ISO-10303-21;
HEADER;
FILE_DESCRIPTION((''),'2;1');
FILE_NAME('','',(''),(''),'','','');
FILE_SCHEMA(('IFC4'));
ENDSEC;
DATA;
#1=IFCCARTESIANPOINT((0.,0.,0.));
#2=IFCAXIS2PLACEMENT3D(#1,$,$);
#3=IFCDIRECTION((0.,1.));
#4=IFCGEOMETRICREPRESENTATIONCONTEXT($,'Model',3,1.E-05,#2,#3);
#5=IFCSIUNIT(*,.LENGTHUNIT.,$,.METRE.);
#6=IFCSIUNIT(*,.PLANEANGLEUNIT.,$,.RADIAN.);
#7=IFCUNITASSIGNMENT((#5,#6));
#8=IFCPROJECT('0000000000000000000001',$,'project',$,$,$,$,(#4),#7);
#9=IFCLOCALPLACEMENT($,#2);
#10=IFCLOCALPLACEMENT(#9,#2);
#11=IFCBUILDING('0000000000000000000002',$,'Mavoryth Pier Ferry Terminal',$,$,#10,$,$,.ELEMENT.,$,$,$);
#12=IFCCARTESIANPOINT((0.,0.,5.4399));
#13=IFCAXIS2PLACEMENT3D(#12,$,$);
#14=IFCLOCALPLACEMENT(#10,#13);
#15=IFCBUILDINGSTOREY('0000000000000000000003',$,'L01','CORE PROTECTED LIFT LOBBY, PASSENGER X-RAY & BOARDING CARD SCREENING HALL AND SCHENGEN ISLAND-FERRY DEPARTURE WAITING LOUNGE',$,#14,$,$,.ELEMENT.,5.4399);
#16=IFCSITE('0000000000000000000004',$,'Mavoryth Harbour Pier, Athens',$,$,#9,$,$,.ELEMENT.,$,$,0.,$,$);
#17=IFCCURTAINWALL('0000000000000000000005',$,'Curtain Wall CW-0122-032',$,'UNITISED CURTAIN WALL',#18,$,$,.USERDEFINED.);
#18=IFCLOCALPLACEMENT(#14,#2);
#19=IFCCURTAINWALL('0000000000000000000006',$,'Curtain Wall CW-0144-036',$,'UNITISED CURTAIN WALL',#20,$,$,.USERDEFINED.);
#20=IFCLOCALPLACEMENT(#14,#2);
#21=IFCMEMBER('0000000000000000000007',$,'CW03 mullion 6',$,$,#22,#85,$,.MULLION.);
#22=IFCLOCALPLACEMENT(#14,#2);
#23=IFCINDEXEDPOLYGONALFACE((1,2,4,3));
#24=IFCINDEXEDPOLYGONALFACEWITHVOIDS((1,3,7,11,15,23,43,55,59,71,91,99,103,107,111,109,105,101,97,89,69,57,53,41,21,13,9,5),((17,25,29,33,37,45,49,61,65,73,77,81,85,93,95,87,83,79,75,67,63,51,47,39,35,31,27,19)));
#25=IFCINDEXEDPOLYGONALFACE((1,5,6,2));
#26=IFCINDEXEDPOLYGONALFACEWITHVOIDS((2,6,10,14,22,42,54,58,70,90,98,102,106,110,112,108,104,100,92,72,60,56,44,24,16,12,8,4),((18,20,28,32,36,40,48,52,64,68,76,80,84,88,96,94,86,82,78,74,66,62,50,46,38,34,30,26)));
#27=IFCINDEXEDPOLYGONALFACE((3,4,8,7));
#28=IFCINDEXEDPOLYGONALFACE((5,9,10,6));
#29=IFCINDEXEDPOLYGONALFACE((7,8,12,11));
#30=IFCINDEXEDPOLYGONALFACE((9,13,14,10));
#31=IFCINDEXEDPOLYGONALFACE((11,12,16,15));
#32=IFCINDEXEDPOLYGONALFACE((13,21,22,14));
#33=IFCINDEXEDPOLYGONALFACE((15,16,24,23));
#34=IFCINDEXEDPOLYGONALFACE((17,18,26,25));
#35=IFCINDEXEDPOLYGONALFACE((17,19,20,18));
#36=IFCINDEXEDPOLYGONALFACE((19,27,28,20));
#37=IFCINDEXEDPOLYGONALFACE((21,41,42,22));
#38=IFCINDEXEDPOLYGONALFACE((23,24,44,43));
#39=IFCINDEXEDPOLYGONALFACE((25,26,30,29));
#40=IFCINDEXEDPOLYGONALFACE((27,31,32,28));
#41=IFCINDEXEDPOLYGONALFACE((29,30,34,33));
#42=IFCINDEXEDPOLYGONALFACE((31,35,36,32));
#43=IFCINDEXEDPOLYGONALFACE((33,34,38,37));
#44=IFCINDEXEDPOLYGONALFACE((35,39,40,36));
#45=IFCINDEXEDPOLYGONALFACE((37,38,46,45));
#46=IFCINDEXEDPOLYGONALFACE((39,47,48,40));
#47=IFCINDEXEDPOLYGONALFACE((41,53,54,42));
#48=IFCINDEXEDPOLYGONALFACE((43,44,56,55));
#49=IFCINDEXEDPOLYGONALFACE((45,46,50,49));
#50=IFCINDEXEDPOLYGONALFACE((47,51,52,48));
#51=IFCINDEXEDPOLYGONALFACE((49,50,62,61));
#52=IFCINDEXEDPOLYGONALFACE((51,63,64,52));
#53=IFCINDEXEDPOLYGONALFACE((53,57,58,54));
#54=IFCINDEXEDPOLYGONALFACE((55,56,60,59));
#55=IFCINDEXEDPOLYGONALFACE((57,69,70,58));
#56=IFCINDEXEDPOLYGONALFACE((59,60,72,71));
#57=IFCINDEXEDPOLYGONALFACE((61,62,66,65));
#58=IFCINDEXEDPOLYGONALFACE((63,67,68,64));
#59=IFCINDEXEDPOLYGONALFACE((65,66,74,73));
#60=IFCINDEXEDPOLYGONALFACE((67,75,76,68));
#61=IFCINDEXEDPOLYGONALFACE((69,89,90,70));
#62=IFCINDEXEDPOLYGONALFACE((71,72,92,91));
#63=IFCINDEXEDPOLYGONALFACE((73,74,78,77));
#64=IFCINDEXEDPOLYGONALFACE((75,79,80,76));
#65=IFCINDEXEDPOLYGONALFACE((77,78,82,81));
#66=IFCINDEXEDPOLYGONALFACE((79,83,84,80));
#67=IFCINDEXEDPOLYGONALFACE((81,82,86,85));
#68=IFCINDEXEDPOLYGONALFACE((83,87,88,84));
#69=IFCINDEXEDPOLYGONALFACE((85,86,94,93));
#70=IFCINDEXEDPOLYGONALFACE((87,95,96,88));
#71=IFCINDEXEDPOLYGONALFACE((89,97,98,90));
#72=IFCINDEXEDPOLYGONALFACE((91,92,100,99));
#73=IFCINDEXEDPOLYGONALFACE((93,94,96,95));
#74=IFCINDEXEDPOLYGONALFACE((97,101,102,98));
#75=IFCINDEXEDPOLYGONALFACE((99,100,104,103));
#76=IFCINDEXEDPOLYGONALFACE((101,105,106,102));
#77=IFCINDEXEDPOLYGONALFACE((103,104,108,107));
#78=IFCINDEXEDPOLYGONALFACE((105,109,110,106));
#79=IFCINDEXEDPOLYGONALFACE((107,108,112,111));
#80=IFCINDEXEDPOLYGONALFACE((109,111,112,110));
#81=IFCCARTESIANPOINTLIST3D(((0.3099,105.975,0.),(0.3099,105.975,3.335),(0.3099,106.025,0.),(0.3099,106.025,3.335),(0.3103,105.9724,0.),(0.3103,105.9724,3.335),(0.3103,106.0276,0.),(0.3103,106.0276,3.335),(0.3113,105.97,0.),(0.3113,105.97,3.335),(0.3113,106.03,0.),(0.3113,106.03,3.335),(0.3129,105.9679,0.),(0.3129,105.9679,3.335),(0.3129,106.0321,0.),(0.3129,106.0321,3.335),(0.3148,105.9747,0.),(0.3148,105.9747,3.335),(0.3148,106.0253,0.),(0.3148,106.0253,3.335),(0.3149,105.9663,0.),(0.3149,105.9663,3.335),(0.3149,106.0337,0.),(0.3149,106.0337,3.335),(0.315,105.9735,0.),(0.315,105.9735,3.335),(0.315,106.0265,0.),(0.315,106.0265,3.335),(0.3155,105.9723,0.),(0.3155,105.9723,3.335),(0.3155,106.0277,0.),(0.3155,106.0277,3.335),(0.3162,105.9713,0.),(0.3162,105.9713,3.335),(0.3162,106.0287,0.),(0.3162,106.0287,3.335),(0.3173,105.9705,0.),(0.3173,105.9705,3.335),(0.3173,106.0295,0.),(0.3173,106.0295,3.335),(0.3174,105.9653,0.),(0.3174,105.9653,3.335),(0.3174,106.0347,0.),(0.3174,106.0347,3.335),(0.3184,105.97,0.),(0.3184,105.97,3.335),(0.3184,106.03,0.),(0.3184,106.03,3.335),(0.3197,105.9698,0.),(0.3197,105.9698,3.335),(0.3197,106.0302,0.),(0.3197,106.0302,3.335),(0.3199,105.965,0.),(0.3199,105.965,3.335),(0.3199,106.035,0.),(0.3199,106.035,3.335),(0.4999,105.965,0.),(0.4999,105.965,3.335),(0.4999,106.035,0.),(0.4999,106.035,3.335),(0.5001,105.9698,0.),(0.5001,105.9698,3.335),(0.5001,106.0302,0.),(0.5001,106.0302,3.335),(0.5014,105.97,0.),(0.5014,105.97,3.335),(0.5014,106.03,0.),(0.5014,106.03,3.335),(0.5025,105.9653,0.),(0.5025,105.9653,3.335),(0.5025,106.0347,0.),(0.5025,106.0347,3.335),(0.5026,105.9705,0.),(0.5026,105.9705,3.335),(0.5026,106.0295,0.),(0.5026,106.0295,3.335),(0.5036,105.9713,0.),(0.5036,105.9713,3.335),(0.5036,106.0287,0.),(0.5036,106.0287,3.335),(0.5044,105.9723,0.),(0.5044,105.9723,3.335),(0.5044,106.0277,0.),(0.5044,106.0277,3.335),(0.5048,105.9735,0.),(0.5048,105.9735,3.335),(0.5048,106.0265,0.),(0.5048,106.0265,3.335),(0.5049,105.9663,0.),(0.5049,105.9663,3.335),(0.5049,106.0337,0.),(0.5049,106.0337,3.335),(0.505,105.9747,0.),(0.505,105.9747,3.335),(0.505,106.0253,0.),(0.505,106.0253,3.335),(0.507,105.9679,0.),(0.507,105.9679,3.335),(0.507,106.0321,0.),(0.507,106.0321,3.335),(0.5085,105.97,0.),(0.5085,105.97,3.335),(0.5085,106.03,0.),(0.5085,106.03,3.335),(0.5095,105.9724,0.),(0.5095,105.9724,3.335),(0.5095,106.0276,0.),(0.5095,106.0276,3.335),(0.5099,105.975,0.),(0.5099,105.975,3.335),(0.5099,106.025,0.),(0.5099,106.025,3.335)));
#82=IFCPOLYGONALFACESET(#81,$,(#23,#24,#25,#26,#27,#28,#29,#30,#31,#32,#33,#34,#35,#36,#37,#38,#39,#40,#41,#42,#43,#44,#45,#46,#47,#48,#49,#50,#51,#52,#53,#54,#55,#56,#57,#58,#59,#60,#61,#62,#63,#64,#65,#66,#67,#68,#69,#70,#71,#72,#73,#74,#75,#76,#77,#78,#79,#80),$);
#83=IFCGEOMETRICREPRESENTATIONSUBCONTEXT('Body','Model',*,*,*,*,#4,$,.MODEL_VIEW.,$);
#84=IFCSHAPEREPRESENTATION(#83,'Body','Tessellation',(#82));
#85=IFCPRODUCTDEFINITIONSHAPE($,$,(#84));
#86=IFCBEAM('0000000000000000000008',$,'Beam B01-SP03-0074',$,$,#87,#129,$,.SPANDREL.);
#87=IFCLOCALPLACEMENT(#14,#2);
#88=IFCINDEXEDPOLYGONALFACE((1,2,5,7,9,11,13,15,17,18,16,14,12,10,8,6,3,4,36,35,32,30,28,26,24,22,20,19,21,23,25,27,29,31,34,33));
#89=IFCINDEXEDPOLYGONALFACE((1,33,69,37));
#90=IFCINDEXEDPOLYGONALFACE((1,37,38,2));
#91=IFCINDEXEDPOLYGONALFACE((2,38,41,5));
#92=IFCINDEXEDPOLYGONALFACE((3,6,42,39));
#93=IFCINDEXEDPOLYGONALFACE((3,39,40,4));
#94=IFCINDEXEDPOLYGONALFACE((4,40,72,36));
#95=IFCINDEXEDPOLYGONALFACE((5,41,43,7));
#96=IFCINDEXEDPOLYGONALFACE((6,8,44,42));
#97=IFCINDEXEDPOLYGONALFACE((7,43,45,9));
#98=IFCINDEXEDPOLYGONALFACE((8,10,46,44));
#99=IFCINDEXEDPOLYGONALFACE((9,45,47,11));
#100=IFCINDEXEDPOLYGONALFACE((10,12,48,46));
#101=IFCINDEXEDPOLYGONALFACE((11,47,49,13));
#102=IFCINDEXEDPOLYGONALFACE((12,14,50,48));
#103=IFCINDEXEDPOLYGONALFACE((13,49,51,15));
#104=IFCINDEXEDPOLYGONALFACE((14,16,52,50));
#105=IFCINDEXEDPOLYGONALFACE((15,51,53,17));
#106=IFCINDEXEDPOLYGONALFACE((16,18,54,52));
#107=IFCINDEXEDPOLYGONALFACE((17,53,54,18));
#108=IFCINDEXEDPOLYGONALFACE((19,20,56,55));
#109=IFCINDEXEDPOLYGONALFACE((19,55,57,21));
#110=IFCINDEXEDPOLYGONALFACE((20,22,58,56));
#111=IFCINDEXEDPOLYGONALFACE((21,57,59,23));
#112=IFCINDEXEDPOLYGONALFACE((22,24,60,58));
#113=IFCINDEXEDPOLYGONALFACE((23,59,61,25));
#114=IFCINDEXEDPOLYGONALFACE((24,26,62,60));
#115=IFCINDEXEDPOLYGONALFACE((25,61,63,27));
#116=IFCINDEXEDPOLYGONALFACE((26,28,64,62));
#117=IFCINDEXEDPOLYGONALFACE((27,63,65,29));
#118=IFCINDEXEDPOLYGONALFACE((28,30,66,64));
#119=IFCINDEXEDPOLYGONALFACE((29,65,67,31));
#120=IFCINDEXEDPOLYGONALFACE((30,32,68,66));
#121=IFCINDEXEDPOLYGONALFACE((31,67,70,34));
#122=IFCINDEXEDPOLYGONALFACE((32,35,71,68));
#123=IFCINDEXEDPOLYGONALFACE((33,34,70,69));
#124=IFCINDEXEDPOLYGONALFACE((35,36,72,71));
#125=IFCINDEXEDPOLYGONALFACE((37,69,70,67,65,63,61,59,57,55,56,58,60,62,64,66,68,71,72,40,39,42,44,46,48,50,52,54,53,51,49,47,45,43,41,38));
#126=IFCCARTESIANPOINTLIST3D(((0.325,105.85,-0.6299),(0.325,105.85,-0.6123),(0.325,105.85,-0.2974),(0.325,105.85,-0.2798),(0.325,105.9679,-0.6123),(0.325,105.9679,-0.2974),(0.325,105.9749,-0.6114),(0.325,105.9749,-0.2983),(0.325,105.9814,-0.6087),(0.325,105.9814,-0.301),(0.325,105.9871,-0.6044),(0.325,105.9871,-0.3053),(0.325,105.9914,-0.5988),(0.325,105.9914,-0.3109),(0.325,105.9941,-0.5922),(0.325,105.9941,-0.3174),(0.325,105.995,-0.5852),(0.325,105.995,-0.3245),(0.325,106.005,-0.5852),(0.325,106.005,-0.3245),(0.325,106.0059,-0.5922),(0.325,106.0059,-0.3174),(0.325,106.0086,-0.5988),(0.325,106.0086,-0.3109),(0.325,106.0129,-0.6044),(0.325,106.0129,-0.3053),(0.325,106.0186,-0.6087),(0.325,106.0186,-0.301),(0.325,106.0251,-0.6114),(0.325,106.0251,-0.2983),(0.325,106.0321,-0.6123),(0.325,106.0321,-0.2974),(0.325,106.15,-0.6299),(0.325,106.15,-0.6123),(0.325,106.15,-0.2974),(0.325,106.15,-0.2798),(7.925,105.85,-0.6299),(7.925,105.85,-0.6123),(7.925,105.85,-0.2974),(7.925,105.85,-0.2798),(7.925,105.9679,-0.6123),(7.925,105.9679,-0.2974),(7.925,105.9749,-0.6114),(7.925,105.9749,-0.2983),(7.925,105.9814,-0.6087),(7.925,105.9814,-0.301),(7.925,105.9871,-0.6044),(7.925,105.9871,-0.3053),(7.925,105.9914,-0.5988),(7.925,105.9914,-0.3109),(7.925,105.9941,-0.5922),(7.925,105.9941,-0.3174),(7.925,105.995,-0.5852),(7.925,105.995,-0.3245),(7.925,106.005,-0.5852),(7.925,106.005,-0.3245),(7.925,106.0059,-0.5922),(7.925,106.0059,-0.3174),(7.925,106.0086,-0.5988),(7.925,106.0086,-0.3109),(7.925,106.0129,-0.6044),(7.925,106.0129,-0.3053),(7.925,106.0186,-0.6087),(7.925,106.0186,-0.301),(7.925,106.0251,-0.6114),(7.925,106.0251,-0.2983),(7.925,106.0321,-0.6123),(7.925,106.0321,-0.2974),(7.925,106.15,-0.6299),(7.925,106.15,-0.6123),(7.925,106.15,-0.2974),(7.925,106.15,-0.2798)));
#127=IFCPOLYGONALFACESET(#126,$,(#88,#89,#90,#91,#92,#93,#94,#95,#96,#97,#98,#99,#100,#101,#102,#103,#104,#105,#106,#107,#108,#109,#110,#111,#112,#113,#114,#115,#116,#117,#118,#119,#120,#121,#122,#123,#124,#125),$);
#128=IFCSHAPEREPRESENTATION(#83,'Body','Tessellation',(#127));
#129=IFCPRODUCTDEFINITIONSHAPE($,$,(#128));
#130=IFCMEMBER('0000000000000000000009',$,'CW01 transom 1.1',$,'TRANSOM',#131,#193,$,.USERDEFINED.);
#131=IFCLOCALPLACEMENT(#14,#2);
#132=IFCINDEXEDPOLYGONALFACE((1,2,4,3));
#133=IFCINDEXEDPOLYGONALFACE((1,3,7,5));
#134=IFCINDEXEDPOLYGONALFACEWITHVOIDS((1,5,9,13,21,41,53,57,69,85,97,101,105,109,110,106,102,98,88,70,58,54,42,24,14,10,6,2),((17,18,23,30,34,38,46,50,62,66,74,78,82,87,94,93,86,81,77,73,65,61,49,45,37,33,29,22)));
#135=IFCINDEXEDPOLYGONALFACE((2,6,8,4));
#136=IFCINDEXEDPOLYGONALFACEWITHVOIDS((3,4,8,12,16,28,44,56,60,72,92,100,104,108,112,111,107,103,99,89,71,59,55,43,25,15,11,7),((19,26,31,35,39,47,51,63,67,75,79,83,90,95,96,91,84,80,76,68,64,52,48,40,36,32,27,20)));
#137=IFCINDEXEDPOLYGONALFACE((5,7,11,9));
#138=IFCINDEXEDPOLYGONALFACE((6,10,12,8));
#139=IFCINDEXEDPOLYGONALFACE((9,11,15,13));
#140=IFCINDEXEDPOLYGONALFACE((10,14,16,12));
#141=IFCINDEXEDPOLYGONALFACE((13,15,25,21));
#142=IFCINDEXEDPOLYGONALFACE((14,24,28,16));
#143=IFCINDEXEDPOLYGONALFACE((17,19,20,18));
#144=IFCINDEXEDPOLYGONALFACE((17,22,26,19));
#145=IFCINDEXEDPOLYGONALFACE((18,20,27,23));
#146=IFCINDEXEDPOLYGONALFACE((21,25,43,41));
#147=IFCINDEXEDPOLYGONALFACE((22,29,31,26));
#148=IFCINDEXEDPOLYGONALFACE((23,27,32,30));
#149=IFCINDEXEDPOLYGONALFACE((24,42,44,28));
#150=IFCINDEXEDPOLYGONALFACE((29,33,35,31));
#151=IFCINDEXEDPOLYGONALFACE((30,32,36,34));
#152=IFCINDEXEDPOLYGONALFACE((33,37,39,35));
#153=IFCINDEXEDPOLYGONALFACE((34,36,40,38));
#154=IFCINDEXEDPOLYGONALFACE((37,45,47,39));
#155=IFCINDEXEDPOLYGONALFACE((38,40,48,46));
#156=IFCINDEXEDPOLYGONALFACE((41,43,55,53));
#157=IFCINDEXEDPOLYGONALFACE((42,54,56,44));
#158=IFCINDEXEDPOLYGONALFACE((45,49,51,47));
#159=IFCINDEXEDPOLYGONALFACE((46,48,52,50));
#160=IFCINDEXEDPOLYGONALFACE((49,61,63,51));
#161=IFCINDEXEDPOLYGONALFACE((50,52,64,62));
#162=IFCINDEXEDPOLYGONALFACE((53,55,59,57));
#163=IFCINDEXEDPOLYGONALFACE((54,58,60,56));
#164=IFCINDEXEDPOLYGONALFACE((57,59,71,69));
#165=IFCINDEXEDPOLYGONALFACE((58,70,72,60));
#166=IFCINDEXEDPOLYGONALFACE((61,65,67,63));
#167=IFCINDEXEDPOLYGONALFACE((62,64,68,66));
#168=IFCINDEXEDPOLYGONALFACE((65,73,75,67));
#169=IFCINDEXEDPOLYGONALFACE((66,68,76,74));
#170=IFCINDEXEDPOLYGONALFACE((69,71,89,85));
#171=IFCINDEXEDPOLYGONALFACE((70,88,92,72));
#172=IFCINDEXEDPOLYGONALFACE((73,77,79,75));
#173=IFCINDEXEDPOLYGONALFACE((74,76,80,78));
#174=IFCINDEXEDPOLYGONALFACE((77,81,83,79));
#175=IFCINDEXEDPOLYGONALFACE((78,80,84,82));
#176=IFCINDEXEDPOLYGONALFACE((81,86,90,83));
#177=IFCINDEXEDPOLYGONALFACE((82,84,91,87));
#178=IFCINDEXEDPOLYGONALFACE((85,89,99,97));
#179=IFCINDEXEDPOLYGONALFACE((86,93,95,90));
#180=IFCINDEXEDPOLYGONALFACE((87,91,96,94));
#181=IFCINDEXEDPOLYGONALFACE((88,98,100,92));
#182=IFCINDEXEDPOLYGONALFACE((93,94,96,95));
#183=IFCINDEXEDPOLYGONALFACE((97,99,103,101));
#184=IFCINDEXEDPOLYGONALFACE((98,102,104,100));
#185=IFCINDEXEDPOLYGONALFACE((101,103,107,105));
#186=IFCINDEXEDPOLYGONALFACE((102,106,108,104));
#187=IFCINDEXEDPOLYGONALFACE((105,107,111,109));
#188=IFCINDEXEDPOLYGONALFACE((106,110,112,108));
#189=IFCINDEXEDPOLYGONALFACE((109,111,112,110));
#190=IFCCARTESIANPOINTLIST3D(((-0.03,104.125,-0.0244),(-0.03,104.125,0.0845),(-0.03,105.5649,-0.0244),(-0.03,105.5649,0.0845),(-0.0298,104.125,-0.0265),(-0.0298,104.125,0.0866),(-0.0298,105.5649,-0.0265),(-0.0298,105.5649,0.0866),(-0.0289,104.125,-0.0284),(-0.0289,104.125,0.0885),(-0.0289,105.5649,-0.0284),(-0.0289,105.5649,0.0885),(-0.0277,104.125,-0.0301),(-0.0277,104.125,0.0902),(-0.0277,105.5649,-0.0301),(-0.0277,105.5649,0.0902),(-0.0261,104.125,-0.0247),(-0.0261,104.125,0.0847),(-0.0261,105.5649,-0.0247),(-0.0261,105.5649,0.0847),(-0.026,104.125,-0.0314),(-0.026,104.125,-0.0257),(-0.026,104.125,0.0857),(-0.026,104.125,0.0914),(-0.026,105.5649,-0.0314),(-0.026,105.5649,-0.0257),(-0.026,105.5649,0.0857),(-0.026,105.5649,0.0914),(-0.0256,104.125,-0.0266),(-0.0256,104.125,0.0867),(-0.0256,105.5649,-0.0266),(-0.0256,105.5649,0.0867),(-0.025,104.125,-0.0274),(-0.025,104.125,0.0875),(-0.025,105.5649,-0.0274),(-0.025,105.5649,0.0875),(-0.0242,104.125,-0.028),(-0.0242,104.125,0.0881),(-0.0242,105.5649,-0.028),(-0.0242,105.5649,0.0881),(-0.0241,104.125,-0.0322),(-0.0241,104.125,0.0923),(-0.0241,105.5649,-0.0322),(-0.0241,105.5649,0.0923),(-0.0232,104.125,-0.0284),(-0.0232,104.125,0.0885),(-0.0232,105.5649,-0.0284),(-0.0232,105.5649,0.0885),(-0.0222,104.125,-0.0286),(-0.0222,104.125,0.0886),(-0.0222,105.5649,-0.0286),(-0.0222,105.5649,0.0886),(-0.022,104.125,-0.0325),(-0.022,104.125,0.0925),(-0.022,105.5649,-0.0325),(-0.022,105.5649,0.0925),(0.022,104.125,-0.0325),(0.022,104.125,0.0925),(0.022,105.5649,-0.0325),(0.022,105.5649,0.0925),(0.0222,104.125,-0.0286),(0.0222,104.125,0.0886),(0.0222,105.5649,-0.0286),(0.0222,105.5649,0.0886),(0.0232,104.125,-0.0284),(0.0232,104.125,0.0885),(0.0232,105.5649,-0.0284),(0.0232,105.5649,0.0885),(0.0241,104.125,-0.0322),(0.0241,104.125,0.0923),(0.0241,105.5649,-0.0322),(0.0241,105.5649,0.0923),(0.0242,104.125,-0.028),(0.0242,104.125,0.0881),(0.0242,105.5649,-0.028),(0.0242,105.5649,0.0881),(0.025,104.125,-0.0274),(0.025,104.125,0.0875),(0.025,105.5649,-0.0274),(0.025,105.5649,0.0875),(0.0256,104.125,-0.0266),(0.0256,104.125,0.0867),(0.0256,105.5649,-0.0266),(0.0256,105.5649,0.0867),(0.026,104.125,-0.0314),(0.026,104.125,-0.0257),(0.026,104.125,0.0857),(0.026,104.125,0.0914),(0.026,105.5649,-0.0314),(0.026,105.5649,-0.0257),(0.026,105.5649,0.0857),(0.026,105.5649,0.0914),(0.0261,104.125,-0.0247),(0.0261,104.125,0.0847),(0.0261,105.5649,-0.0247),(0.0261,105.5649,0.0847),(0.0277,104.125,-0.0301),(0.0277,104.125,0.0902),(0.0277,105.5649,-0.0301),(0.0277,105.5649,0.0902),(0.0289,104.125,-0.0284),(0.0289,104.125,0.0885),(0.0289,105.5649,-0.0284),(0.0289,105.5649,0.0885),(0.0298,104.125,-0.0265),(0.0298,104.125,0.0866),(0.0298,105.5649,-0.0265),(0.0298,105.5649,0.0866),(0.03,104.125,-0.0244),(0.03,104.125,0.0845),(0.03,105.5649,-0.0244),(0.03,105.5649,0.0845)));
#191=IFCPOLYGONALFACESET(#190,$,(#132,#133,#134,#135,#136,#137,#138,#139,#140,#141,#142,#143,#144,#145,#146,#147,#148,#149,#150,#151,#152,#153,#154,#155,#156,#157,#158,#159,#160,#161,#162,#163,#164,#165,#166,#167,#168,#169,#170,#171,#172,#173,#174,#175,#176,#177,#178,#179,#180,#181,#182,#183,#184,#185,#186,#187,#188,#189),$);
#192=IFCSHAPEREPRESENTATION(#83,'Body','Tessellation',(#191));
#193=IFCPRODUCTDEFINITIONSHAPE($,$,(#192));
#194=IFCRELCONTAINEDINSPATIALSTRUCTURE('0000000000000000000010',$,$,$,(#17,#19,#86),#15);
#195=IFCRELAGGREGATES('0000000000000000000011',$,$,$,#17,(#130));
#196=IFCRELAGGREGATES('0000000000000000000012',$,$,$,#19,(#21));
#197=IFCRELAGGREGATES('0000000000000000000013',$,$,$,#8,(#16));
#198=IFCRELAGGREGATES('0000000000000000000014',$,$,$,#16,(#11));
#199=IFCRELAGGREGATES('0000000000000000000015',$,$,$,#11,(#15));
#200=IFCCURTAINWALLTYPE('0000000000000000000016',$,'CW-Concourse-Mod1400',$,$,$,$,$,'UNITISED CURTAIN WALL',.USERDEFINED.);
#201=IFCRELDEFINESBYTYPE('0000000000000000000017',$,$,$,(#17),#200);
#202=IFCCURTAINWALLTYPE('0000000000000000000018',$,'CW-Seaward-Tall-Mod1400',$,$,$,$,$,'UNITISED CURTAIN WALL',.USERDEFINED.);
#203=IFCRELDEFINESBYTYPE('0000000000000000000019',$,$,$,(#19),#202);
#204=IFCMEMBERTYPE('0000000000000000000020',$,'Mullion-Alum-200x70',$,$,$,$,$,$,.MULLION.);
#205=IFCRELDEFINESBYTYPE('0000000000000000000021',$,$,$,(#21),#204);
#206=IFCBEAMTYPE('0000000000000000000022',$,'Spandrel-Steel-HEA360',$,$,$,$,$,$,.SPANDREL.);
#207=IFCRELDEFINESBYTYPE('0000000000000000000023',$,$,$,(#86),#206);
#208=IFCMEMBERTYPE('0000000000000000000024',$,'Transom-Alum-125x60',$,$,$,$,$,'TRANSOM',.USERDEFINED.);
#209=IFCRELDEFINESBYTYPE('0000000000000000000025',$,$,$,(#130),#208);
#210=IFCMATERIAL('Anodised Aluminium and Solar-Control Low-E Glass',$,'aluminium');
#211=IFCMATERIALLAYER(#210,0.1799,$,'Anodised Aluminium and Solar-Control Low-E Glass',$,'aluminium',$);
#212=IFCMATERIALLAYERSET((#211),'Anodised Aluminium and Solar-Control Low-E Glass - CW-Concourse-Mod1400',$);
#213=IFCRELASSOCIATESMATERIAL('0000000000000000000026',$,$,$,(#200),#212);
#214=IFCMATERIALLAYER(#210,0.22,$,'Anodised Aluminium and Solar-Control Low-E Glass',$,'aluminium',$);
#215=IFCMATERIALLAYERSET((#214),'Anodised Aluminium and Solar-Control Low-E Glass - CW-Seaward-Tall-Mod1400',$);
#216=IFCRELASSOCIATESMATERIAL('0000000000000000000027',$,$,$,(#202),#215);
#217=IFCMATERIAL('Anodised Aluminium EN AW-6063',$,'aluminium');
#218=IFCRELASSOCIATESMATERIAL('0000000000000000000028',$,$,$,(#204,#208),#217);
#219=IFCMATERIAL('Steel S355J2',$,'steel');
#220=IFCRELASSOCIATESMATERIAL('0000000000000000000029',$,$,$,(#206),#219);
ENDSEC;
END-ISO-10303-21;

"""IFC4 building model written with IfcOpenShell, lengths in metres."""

from ifc_helpers import new_model, si_unit, direction, frame, origin, origin_2d, place, context, subcontext, project, spatial, hollow_rectangle, i_section, extrude, material, layer, layer_set, material_profile, profile_set, type_object, element, aggregate, save


model = new_model("IFC4")

# Units and contexts
model_context = context("Model", 3, precision=1e-05, world=origin(), true_north=direction((0.0, 1.0)))
body_context = subcontext(model_context, "Body", "Model", "MODEL_VIEW")
ifc_project = project(units=[si_unit("LENGTHUNIT", "METRE"), si_unit("PLANEANGLEUNIT", "RADIAN")], contexts=[model_context])

# Site, building, storey
site_placement = place(None, origin())
site = spatial("IfcSite", under=ifc_project, at=site_placement, Name="Mavoryth Harbour Pier, Athens", CompositionType="ELEMENT", RefElevation=0.0)
building_placement = place(site_placement, origin())
building = spatial("IfcBuilding", under=site, at=building_placement, Name="Mavoryth Pier Ferry Terminal", CompositionType="ELEMENT")
storey_placement = place(building_placement, frame((0.0, 0.0, 5.4399)))
storey = spatial("IfcBuildingStorey", under=building, at=storey_placement, Name="L01", Description="CORE PROTECTED LIFT LOBBY, PASSENGER X-RAY & BOARDING CARD SCREENING HALL AND SCHENGEN ISLAND-FERRY DEPARTURE WAITING LOUNGE", CompositionType="ELEMENT", Elevation=5.4399)

# Curtain walls, member
ifc_material_1 = material(Name="Anodised Aluminium and Solar-Control Low-E Glass", Category="aluminium")
ifc_layer_1 = layer(ifc_material_1, 0.1799, Name="Anodised Aluminium and Solar-Control Low-E Glass", Category="aluminium")
ifc_layer_set_1 = layer_set([ifc_layer_1], Name="Anodised Aluminium and Solar-Control Low-E Glass - CW-Concourse-Mod1400")
curtain_wall_type_1 = type_object("IfcCurtainWallType", Name="CW-Concourse-Mod1400", ElementType="UNITISED CURTAIN WALL", PredefinedType="USERDEFINED", material=ifc_layer_set_1)
curtain_wall_1_placement = place(storey_placement, origin())
curtain_wall_1 = element("IfcCurtainWall", 1, at=curtain_wall_1_placement, inside=storey, type_object=curtain_wall_type_1, Name="Curtain Wall CW-0122-032", ObjectType="UNITISED CURTAIN WALL", PredefinedType="USERDEFINED")
ifc_material_2 = material(Name="Anodised Aluminium EN AW-6063", Category="aluminium")
ifc_layer_2 = layer(ifc_material_1, 0.22, Name="Anodised Aluminium and Solar-Control Low-E Glass", Category="aluminium")
ifc_layer_set_2 = layer_set([ifc_layer_2], Name="Anodised Aluminium and Solar-Control Low-E Glass - CW-Seaward-Tall-Mod1400")
curtain_wall_type_2 = type_object("IfcCurtainWallType", Name="CW-Seaward-Tall-Mod1400", ElementType="UNITISED CURTAIN WALL", PredefinedType="USERDEFINED", material=ifc_layer_set_2)
curtain_wall_2_placement = place(storey_placement, origin())
curtain_wall_2 = element("IfcCurtainWall", 2, at=curtain_wall_2_placement, inside=storey, type_object=curtain_wall_type_2, Name="Curtain Wall CW-0144-036", ObjectType="UNITISED CURTAIN WALL", PredefinedType="USERDEFINED")
ifc_material_profile_1 = material_profile(ifc_material_2, hollow_rectangle(XDim=0.0701, YDim=0.2, WallThickness=0.0049, InnerFilletRadius=0.0049, OuterFilletRadius=0.01, at=origin_2d()), Name="AL-MULL 200x70x5", Category="aluminium")
ifc_profile_set_1 = profile_set([ifc_material_profile_1], Name="Anodised Aluminium EN AW-6063 - AL-MULL 200x70x5")
member_type_1 = type_object("IfcMemberType", Name="Mullion-Alum-200x70", PredefinedType="MULLION", material=ifc_profile_set_1)
member_1_placement = place(storey_placement, frame((0.4099, 106.0, 0.0), z_axis=(0.0, 0.0, 1.0), x_axis=(0.0, -1.0, 0.0)))
member_1 = element("IfcMember", 3, at=member_1_placement, type_object=member_type_1, Name="CW03 mullion 6", PredefinedType="MULLION", context=body_context, shape_type="SweptSolid", body=[
    extrude(hollow_rectangle(XDim=0.0701, YDim=0.2, WallThickness=0.0049, InnerFilletRadius=0.0049, OuterFilletRadius=0.01, at=origin_2d()), origin(), (0.0, 0.0, 1.0), 3.335),
])

# Beam
ifc_material_3 = material(Name="Steel S355J2", Category="steel")
ifc_material_profile_2 = material_profile(ifc_material_3, i_section(OverallWidth=0.3, OverallDepth=0.3501, WebThickness=0.01, FlangeThickness=0.0176, FilletRadius=0.0271, at=origin_2d()), Name="HEA 360", Category="steel")
ifc_profile_set_2 = profile_set([ifc_material_profile_2], Name="Steel S355J2 - HEA 360")
beam_type = type_object("IfcBeamType", Name="Spandrel-Steel-HEA360", PredefinedType="SPANDREL", material=ifc_profile_set_2)
beam_placement = place(storey_placement, frame((0.325, 106.0, -0.4548), z_axis=(1.0, 0.0, 0.0), x_axis=(0.0, 1.0, 0.0)))
element("IfcBeam", 4, at=beam_placement, inside=storey, type_object=beam_type, Name="Beam B01-SP03-0074", PredefinedType="SPANDREL", context=body_context, shape_type="SweptSolid", body=[
    extrude(i_section(OverallWidth=0.3, OverallDepth=0.3501, WebThickness=0.01, FlangeThickness=0.0176, FilletRadius=0.0271, at=origin_2d()), origin(), (0.0, 0.0, 1.0), 7.6001),
])

# Member
ifc_material_profile_3 = material_profile(ifc_material_2, hollow_rectangle(XDim=0.0601, YDim=0.125, WallThickness=0.0039, InnerFilletRadius=0.0039, OuterFilletRadius=0.0081, at=origin_2d()), Name="AL-TRAN 125x60x4", Category="aluminium")
ifc_profile_set_3 = profile_set([ifc_material_profile_3], Name="Anodised Aluminium EN AW-6063 - AL-TRAN 125x60x4")
member_type_2 = type_object("IfcMemberType", Name="Transom-Alum-125x60", ElementType="TRANSOM", PredefinedType="USERDEFINED", material=ifc_profile_set_3)
member_2_placement = place(storey_placement, frame((0.0, 105.5649, 0.03), z_axis=(0.0, -1.0, 0.0), x_axis=(1.0, 0.0, 0.0)))
member_2 = element("IfcMember", 5, at=member_2_placement, type_object=member_type_2, Name="CW01 transom 1.1", ObjectType="TRANSOM", PredefinedType="USERDEFINED", context=body_context, shape_type="SweptSolid", body=[
    extrude(hollow_rectangle(XDim=0.0601, YDim=0.125, WallThickness=0.0039, InnerFilletRadius=0.0039, OuterFilletRadius=0.0081, at=origin_2d()), origin(), (0.0, 0.0, 1.0), 1.4399),
])

aggregate(curtain_wall_1, [member_2])
aggregate(curtain_wall_2, [member_1])

save(model, "model.ifc")
